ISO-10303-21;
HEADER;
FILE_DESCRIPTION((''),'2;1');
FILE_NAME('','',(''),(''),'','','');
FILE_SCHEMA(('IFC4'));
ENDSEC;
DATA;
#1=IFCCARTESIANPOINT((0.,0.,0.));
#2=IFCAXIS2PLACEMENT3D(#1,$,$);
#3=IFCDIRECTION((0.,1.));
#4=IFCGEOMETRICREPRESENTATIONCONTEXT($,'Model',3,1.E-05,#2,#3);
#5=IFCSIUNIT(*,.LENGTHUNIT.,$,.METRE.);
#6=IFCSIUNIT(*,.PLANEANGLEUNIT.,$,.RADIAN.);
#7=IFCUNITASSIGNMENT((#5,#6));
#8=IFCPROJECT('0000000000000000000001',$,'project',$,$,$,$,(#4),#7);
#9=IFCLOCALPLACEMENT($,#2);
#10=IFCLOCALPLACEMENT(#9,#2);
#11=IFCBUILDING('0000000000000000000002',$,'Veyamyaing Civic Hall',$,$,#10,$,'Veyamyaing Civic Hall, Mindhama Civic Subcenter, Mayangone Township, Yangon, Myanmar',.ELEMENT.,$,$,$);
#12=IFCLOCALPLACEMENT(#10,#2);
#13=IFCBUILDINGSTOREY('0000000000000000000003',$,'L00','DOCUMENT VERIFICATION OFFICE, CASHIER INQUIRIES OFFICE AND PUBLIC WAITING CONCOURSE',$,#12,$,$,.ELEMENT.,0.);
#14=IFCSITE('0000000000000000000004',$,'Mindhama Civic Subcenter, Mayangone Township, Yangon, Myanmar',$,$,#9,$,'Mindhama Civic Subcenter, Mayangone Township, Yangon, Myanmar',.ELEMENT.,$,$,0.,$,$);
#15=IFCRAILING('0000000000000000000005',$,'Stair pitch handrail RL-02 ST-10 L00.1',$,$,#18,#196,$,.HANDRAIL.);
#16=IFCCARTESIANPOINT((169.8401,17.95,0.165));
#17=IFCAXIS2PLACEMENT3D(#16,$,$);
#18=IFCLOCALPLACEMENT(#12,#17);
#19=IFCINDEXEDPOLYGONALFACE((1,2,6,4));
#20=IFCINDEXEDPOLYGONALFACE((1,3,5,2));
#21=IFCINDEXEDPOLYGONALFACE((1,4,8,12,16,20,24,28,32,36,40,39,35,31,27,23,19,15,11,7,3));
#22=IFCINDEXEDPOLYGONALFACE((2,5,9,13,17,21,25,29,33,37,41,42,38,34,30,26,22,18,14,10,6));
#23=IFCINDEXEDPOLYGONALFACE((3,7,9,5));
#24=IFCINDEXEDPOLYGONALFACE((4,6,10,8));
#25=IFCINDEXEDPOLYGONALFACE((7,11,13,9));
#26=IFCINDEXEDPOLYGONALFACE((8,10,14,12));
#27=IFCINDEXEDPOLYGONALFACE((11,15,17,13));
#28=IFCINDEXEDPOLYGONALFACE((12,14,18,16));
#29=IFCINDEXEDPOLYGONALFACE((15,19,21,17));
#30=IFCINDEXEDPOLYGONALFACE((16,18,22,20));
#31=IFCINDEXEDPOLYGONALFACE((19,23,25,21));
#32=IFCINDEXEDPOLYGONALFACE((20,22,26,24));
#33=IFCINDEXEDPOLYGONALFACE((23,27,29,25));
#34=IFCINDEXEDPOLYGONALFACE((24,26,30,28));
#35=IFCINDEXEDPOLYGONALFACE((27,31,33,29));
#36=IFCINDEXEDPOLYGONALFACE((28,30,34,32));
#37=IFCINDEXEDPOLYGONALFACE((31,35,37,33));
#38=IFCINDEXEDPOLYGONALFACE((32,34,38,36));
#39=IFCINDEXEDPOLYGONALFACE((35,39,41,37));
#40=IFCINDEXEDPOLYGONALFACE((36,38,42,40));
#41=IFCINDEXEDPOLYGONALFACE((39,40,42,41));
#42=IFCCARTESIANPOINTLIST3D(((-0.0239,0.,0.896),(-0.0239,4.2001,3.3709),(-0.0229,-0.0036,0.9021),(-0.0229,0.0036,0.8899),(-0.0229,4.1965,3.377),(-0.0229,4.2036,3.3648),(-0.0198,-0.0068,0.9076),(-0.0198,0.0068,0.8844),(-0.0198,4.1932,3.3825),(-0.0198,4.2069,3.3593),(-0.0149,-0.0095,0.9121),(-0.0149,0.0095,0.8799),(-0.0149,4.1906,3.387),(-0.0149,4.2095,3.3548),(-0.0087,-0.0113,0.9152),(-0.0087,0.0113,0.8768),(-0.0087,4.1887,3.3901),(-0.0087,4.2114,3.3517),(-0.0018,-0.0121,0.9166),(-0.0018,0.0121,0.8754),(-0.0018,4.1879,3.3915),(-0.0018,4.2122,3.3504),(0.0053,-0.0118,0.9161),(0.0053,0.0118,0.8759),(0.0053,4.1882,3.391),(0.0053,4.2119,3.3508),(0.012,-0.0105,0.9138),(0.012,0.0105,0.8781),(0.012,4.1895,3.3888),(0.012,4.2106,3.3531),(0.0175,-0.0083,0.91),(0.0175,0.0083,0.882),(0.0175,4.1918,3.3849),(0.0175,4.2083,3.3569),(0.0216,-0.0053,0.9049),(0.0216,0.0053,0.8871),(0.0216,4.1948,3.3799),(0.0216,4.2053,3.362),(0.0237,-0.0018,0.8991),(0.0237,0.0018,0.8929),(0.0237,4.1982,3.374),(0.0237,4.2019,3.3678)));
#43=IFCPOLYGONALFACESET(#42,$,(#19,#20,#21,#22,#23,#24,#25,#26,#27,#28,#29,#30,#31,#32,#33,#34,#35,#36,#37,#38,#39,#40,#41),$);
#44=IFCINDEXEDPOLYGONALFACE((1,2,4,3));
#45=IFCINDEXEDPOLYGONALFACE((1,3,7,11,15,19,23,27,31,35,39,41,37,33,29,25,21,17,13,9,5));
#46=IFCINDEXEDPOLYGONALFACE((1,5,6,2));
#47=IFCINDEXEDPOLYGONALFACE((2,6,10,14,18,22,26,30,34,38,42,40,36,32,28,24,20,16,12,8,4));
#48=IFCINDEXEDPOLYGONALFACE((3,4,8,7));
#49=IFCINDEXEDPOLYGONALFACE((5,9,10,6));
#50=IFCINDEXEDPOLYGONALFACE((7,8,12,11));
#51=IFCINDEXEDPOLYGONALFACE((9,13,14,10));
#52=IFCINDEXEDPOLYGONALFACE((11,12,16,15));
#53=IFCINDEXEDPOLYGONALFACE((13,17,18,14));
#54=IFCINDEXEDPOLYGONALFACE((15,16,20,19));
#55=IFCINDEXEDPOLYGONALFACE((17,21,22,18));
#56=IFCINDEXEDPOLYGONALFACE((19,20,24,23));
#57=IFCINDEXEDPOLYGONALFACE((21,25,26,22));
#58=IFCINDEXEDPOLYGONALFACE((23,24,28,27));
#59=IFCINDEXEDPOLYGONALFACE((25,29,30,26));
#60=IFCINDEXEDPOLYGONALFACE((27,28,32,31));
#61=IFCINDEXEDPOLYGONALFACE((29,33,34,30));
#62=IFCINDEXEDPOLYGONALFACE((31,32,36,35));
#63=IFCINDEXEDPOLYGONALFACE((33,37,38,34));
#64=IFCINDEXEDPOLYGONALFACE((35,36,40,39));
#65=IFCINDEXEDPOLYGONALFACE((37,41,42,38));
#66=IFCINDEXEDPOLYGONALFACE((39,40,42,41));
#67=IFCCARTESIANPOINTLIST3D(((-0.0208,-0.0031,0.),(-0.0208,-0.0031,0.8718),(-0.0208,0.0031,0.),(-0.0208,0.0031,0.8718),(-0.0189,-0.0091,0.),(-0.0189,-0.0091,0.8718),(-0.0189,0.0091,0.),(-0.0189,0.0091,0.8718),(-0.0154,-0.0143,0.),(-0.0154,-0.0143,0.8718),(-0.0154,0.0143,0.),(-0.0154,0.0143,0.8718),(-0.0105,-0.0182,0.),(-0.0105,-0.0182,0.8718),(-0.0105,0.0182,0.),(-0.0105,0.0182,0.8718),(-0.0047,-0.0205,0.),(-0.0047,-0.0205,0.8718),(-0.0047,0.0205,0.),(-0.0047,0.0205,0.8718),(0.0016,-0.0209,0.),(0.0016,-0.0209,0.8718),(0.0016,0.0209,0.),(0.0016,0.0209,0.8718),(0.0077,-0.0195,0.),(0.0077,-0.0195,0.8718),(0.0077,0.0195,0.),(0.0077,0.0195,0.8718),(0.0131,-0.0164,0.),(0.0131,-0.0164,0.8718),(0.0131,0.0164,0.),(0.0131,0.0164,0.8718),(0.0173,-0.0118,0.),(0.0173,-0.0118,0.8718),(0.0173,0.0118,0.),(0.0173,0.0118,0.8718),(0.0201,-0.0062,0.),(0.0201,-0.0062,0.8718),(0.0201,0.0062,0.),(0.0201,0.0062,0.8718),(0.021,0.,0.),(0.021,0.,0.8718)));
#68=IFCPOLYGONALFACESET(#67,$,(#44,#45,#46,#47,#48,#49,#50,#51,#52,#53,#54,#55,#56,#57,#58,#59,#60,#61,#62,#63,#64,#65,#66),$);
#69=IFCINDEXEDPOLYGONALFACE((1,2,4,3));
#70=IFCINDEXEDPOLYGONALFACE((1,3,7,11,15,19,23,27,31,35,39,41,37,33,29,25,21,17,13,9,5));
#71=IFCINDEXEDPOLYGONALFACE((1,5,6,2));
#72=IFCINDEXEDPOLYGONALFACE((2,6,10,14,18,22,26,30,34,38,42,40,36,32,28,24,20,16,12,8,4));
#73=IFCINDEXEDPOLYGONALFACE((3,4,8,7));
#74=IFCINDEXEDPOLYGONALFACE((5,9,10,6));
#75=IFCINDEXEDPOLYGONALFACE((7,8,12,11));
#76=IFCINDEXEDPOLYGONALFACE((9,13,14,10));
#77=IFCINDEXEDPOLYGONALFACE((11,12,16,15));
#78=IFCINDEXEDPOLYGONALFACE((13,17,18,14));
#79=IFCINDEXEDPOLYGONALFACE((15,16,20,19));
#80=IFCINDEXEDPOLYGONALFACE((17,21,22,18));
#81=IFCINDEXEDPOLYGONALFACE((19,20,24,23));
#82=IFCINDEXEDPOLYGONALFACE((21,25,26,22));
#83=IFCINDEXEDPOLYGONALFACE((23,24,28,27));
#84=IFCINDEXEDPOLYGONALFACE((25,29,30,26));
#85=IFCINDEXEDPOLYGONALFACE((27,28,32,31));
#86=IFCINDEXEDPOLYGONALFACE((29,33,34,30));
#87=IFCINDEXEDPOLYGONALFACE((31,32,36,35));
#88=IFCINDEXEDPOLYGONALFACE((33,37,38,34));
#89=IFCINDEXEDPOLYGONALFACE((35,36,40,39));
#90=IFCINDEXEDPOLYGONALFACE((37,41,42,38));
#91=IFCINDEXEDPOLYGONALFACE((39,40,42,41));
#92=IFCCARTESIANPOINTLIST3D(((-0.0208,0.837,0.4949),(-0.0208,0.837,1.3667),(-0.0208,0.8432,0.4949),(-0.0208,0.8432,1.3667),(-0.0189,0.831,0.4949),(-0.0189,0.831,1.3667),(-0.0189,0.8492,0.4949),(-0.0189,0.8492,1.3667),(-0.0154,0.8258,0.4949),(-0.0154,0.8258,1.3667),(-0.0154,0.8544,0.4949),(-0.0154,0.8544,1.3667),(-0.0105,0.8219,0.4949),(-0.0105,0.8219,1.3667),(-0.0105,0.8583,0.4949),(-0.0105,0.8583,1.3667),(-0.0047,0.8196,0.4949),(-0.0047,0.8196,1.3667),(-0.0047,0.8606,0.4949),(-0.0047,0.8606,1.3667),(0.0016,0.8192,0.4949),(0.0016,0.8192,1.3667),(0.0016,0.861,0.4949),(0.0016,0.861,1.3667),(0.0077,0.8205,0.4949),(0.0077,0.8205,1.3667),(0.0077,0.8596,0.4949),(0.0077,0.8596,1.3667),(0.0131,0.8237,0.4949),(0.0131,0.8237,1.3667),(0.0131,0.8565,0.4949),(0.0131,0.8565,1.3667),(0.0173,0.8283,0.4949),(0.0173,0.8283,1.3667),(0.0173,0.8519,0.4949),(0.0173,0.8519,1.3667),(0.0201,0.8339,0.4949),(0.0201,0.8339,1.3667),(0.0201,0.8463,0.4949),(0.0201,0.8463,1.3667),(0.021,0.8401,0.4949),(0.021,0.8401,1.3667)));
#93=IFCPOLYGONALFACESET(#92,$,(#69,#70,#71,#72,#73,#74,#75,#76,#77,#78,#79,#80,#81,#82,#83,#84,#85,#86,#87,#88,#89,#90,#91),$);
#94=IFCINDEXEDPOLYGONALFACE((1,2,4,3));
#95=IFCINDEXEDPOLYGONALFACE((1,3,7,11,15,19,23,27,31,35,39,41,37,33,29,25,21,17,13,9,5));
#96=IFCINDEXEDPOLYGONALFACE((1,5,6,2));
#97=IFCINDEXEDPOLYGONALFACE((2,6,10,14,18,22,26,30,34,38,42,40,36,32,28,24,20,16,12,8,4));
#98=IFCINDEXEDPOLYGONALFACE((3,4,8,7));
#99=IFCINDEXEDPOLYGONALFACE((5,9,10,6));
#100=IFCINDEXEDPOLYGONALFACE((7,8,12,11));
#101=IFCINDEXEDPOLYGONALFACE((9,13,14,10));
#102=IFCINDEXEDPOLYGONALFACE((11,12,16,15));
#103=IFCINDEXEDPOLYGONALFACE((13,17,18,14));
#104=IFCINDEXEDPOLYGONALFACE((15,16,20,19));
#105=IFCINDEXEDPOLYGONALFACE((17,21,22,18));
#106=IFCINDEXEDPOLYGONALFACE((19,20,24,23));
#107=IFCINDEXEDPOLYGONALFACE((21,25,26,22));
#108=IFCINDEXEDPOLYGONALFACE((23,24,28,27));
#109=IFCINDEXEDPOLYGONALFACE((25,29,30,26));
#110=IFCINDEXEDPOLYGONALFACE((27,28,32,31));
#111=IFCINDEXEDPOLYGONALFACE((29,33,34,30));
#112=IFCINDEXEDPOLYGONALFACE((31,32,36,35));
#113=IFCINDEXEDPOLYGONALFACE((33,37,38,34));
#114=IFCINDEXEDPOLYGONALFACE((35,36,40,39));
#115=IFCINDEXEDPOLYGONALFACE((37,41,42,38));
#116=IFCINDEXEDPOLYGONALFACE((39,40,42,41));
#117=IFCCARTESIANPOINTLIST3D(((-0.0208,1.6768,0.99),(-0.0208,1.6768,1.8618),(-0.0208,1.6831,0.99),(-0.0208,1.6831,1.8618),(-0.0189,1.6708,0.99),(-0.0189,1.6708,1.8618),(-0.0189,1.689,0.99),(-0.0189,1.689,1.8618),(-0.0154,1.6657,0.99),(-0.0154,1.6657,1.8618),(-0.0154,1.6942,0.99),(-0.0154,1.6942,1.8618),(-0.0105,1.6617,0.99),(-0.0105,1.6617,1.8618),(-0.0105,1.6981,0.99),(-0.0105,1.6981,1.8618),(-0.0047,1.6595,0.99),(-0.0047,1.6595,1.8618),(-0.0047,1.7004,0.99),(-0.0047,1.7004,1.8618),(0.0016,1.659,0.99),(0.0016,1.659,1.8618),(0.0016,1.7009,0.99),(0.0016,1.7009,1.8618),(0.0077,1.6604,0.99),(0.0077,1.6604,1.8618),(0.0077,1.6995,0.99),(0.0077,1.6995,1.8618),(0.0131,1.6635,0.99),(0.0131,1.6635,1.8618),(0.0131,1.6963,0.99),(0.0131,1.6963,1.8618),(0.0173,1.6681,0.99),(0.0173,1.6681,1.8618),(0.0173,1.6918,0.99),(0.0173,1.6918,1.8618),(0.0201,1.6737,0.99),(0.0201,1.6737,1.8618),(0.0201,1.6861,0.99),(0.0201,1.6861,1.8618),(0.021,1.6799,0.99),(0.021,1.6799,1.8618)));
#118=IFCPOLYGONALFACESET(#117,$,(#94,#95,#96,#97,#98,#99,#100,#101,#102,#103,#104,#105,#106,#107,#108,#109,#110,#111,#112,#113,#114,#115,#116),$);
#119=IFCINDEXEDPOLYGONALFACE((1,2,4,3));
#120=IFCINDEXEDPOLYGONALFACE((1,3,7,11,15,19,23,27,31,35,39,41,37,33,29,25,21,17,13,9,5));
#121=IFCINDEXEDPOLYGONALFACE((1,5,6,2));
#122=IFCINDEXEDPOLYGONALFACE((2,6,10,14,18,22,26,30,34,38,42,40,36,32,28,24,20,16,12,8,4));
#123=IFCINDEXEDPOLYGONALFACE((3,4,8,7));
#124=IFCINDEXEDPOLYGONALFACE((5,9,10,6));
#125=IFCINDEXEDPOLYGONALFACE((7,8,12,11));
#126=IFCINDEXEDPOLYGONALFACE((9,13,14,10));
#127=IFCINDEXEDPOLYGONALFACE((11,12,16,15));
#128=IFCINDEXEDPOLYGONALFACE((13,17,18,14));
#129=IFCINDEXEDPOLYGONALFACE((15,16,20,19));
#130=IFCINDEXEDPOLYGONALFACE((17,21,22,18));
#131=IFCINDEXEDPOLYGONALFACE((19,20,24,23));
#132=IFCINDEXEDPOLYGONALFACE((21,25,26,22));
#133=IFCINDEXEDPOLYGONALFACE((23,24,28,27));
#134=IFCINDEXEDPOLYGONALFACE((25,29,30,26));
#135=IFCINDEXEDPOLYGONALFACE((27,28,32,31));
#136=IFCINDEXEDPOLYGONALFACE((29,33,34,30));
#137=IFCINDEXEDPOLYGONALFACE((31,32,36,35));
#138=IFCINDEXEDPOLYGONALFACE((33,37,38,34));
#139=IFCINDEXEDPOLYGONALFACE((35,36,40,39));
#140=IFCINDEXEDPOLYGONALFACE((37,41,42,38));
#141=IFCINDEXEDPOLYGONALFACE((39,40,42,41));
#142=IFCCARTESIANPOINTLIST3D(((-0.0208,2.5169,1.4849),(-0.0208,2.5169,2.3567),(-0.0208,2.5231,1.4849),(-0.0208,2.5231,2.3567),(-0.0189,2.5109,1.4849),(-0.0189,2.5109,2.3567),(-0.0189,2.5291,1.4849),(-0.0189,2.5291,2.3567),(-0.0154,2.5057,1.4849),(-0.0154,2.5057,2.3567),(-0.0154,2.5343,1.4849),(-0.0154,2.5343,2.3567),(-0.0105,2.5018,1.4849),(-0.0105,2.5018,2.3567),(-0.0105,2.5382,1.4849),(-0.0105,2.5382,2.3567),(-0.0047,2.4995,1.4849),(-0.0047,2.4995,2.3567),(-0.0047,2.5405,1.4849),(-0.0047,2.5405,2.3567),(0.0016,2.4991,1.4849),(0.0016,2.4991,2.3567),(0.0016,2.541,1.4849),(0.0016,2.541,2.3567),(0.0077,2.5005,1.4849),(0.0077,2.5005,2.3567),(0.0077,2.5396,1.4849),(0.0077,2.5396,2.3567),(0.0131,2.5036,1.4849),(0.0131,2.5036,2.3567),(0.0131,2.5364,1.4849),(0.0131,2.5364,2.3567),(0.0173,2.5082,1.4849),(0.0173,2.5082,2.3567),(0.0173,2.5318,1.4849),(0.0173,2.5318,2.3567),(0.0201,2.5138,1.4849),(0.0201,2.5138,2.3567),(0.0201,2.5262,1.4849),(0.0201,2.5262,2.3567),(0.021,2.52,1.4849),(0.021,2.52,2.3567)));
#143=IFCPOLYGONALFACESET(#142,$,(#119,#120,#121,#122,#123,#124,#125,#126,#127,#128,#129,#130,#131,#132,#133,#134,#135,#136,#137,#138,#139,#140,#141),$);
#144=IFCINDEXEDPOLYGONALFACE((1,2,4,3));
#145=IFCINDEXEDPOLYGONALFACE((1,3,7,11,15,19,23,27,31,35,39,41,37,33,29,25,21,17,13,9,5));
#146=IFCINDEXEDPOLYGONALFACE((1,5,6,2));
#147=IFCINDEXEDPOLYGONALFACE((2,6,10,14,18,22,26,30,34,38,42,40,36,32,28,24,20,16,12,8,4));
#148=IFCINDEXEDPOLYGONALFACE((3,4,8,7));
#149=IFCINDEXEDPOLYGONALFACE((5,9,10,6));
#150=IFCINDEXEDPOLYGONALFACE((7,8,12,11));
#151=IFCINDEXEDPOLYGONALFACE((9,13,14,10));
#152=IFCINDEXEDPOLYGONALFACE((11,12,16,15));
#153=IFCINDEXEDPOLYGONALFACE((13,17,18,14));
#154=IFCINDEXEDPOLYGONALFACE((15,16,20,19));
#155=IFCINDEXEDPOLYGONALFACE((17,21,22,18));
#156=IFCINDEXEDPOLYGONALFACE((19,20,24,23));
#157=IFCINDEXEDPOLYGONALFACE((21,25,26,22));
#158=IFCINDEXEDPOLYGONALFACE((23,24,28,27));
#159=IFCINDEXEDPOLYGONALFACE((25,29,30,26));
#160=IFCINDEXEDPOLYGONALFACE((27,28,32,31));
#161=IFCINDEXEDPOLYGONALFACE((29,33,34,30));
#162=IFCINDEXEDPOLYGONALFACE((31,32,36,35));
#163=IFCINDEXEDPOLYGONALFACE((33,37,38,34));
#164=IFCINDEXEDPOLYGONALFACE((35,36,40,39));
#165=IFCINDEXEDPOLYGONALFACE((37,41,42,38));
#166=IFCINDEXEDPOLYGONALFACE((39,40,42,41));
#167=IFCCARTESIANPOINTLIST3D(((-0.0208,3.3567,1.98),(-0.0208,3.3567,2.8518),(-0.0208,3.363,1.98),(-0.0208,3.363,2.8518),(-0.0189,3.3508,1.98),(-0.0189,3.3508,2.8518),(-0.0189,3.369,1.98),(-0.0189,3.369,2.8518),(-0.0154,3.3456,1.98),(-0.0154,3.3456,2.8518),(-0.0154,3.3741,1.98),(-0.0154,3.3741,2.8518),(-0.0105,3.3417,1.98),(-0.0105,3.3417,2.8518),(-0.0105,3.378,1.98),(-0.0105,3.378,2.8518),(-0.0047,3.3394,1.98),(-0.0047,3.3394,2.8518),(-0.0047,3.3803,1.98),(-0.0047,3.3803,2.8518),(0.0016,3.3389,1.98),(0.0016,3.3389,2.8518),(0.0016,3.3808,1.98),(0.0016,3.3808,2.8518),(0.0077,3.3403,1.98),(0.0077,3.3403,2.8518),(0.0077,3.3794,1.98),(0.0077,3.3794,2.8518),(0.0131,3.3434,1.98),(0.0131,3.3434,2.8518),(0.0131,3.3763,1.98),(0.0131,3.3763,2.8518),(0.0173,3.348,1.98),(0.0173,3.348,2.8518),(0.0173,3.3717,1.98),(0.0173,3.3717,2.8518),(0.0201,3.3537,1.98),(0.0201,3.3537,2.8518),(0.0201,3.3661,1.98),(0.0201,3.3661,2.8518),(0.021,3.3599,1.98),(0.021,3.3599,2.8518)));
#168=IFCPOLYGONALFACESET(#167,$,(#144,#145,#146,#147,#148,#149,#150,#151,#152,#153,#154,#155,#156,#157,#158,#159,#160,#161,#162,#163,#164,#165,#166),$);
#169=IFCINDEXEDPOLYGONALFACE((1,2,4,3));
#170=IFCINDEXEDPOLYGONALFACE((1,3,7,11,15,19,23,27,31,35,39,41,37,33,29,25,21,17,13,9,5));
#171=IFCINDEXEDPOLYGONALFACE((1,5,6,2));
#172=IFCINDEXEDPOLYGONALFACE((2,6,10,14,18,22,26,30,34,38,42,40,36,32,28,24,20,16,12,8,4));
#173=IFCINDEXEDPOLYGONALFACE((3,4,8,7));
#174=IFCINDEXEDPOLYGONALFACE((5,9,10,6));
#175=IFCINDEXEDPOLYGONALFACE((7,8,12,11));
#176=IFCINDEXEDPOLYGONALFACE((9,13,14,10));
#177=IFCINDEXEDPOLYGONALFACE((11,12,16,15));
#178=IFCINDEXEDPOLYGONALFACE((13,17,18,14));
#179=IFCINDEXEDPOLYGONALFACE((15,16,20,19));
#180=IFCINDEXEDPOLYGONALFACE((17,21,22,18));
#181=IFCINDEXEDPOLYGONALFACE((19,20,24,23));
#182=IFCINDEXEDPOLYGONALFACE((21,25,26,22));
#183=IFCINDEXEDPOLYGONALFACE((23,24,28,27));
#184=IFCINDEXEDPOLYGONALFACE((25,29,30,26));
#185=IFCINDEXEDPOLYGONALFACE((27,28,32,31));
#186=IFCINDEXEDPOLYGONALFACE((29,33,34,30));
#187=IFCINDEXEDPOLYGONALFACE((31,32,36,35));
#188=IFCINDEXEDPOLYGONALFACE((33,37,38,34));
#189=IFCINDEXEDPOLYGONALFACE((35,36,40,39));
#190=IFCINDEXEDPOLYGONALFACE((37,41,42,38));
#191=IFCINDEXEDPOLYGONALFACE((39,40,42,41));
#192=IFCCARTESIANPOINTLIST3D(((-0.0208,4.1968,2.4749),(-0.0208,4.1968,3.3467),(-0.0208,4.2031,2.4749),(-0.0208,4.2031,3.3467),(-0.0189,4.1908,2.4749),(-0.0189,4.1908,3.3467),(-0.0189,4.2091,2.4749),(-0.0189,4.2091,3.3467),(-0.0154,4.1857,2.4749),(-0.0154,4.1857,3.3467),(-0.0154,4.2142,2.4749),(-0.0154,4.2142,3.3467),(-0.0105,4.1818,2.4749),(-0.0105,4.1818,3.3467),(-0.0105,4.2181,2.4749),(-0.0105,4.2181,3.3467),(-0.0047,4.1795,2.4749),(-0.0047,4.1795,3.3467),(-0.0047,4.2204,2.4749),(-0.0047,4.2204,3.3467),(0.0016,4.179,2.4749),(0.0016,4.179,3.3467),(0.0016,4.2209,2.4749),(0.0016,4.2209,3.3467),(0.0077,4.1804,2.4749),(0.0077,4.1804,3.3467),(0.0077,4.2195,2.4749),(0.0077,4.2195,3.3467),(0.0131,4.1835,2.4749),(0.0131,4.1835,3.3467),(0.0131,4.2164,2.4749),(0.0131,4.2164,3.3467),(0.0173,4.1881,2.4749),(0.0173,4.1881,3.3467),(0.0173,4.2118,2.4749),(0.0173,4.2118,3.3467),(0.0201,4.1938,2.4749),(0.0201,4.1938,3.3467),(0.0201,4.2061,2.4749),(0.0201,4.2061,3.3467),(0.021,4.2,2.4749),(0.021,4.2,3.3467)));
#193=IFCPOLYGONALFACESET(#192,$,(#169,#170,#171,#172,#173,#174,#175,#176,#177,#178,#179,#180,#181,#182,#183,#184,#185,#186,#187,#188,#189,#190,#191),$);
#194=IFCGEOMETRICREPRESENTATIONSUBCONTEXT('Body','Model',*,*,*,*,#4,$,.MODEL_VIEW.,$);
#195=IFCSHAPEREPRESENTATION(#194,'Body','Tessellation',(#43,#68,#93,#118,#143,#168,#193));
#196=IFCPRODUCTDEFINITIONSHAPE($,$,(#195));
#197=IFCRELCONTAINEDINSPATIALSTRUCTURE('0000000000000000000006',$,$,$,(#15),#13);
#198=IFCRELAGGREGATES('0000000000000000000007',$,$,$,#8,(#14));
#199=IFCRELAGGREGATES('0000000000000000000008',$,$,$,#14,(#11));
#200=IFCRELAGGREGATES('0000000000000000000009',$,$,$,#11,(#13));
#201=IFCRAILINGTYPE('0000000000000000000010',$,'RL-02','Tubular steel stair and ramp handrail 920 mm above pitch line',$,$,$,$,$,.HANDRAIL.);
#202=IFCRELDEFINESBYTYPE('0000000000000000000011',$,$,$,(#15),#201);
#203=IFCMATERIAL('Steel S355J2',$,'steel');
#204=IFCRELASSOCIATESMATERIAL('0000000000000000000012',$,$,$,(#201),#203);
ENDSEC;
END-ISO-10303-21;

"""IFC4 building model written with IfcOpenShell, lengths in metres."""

from ifc_helpers import new_model, si_unit, direction, frame, origin, origin_2d, place, context, subcontext, project, spatial, circle, extrude, material, type_object, element, save


model = new_model("IFC4")

# Units and contexts
model_context = context("Model", 3, precision=1e-05, world=origin(), true_north=direction((0.0, 1.0)))
body_context = subcontext(model_context, "Body", "Model", "MODEL_VIEW")
ifc_project = project(units=[si_unit("LENGTHUNIT", "METRE"), si_unit("PLANEANGLEUNIT", "RADIAN")], contexts=[model_context])

# Site, building, storey
site_placement = place(None, origin())
site = spatial("IfcSite", under=ifc_project, at=site_placement, Name="Mindhama Civic Subcenter, Mayangone Township, Yangon, Myanmar", LongName="Mindhama Civic Subcenter, Mayangone Township, Yangon, Myanmar", CompositionType="ELEMENT", RefElevation=0.0)
building_placement = place(site_placement, origin())
building = spatial("IfcBuilding", under=site, at=building_placement, Name="Veyamyaing Civic Hall", LongName="Veyamyaing Civic Hall, Mindhama Civic Subcenter, Mayangone Township, Yangon, Myanmar", CompositionType="ELEMENT")
storey_placement = place(building_placement, origin())
storey = spatial("IfcBuildingStorey", under=building, at=storey_placement, Name="L00", Description="DOCUMENT VERIFICATION OFFICE, CASHIER INQUIRIES OFFICE AND PUBLIC WAITING CONCOURSE", CompositionType="ELEMENT", Elevation=0.0)

# Railing
ifc_material_1 = material(Name="Steel S355J2", Category="steel")
railing_type_1 = type_object("IfcRailingType", Name="RL-02", Description="Tubular steel stair and ramp handrail 920 mm above pitch line", PredefinedType="HANDRAIL", material=ifc_material_1)
railing_1_placement = place(storey_placement, frame((169.8401, 17.95, 0.165)))
element("IfcRailing", 1, at=railing_1_placement, inside=storey, type_object=railing_type_1, Name="Stair pitch handrail RL-02 ST-10 L00.1", PredefinedType="HANDRAIL", context=body_context, shape_type="SweptSolid", body=[
    extrude(circle(Radius=0.0239, at=origin_2d()), frame((0.0, 0.0, 0.896), z_axis=(0.0, 0.861549, 0.507674), x_axis=(-1.0, 0.0, 0.0)), (0.0, 0.0, 1.0), 4.875),
    extrude(circle(Radius=0.021, at=origin_2d()), origin(), (0.0, 0.0, 1.0), 0.8718),
    extrude(circle(Radius=0.021, at=origin_2d()), frame((0.0, 0.8401, 0.4949)), (0.0, 0.0, 1.0), 0.8718),
    extrude(circle(Radius=0.021, at=origin_2d()), frame((0.0, 1.6799, 0.99)), (0.0, 0.0, 1.0), 0.8718),
    extrude(circle(Radius=0.021, at=origin_2d()), frame((0.0, 2.52, 1.4849)), (0.0, 0.0, 1.0), 0.8718),
    extrude(circle(Radius=0.021, at=origin_2d()), frame((0.0, 3.3599, 1.98)), (0.0, 0.0, 1.0), 0.8718),
    extrude(circle(Radius=0.021, at=origin_2d()), frame((0.0, 4.2, 2.4749)), (0.0, 0.0, 1.0), 0.8718),
])

save(model, "model.ifc")
